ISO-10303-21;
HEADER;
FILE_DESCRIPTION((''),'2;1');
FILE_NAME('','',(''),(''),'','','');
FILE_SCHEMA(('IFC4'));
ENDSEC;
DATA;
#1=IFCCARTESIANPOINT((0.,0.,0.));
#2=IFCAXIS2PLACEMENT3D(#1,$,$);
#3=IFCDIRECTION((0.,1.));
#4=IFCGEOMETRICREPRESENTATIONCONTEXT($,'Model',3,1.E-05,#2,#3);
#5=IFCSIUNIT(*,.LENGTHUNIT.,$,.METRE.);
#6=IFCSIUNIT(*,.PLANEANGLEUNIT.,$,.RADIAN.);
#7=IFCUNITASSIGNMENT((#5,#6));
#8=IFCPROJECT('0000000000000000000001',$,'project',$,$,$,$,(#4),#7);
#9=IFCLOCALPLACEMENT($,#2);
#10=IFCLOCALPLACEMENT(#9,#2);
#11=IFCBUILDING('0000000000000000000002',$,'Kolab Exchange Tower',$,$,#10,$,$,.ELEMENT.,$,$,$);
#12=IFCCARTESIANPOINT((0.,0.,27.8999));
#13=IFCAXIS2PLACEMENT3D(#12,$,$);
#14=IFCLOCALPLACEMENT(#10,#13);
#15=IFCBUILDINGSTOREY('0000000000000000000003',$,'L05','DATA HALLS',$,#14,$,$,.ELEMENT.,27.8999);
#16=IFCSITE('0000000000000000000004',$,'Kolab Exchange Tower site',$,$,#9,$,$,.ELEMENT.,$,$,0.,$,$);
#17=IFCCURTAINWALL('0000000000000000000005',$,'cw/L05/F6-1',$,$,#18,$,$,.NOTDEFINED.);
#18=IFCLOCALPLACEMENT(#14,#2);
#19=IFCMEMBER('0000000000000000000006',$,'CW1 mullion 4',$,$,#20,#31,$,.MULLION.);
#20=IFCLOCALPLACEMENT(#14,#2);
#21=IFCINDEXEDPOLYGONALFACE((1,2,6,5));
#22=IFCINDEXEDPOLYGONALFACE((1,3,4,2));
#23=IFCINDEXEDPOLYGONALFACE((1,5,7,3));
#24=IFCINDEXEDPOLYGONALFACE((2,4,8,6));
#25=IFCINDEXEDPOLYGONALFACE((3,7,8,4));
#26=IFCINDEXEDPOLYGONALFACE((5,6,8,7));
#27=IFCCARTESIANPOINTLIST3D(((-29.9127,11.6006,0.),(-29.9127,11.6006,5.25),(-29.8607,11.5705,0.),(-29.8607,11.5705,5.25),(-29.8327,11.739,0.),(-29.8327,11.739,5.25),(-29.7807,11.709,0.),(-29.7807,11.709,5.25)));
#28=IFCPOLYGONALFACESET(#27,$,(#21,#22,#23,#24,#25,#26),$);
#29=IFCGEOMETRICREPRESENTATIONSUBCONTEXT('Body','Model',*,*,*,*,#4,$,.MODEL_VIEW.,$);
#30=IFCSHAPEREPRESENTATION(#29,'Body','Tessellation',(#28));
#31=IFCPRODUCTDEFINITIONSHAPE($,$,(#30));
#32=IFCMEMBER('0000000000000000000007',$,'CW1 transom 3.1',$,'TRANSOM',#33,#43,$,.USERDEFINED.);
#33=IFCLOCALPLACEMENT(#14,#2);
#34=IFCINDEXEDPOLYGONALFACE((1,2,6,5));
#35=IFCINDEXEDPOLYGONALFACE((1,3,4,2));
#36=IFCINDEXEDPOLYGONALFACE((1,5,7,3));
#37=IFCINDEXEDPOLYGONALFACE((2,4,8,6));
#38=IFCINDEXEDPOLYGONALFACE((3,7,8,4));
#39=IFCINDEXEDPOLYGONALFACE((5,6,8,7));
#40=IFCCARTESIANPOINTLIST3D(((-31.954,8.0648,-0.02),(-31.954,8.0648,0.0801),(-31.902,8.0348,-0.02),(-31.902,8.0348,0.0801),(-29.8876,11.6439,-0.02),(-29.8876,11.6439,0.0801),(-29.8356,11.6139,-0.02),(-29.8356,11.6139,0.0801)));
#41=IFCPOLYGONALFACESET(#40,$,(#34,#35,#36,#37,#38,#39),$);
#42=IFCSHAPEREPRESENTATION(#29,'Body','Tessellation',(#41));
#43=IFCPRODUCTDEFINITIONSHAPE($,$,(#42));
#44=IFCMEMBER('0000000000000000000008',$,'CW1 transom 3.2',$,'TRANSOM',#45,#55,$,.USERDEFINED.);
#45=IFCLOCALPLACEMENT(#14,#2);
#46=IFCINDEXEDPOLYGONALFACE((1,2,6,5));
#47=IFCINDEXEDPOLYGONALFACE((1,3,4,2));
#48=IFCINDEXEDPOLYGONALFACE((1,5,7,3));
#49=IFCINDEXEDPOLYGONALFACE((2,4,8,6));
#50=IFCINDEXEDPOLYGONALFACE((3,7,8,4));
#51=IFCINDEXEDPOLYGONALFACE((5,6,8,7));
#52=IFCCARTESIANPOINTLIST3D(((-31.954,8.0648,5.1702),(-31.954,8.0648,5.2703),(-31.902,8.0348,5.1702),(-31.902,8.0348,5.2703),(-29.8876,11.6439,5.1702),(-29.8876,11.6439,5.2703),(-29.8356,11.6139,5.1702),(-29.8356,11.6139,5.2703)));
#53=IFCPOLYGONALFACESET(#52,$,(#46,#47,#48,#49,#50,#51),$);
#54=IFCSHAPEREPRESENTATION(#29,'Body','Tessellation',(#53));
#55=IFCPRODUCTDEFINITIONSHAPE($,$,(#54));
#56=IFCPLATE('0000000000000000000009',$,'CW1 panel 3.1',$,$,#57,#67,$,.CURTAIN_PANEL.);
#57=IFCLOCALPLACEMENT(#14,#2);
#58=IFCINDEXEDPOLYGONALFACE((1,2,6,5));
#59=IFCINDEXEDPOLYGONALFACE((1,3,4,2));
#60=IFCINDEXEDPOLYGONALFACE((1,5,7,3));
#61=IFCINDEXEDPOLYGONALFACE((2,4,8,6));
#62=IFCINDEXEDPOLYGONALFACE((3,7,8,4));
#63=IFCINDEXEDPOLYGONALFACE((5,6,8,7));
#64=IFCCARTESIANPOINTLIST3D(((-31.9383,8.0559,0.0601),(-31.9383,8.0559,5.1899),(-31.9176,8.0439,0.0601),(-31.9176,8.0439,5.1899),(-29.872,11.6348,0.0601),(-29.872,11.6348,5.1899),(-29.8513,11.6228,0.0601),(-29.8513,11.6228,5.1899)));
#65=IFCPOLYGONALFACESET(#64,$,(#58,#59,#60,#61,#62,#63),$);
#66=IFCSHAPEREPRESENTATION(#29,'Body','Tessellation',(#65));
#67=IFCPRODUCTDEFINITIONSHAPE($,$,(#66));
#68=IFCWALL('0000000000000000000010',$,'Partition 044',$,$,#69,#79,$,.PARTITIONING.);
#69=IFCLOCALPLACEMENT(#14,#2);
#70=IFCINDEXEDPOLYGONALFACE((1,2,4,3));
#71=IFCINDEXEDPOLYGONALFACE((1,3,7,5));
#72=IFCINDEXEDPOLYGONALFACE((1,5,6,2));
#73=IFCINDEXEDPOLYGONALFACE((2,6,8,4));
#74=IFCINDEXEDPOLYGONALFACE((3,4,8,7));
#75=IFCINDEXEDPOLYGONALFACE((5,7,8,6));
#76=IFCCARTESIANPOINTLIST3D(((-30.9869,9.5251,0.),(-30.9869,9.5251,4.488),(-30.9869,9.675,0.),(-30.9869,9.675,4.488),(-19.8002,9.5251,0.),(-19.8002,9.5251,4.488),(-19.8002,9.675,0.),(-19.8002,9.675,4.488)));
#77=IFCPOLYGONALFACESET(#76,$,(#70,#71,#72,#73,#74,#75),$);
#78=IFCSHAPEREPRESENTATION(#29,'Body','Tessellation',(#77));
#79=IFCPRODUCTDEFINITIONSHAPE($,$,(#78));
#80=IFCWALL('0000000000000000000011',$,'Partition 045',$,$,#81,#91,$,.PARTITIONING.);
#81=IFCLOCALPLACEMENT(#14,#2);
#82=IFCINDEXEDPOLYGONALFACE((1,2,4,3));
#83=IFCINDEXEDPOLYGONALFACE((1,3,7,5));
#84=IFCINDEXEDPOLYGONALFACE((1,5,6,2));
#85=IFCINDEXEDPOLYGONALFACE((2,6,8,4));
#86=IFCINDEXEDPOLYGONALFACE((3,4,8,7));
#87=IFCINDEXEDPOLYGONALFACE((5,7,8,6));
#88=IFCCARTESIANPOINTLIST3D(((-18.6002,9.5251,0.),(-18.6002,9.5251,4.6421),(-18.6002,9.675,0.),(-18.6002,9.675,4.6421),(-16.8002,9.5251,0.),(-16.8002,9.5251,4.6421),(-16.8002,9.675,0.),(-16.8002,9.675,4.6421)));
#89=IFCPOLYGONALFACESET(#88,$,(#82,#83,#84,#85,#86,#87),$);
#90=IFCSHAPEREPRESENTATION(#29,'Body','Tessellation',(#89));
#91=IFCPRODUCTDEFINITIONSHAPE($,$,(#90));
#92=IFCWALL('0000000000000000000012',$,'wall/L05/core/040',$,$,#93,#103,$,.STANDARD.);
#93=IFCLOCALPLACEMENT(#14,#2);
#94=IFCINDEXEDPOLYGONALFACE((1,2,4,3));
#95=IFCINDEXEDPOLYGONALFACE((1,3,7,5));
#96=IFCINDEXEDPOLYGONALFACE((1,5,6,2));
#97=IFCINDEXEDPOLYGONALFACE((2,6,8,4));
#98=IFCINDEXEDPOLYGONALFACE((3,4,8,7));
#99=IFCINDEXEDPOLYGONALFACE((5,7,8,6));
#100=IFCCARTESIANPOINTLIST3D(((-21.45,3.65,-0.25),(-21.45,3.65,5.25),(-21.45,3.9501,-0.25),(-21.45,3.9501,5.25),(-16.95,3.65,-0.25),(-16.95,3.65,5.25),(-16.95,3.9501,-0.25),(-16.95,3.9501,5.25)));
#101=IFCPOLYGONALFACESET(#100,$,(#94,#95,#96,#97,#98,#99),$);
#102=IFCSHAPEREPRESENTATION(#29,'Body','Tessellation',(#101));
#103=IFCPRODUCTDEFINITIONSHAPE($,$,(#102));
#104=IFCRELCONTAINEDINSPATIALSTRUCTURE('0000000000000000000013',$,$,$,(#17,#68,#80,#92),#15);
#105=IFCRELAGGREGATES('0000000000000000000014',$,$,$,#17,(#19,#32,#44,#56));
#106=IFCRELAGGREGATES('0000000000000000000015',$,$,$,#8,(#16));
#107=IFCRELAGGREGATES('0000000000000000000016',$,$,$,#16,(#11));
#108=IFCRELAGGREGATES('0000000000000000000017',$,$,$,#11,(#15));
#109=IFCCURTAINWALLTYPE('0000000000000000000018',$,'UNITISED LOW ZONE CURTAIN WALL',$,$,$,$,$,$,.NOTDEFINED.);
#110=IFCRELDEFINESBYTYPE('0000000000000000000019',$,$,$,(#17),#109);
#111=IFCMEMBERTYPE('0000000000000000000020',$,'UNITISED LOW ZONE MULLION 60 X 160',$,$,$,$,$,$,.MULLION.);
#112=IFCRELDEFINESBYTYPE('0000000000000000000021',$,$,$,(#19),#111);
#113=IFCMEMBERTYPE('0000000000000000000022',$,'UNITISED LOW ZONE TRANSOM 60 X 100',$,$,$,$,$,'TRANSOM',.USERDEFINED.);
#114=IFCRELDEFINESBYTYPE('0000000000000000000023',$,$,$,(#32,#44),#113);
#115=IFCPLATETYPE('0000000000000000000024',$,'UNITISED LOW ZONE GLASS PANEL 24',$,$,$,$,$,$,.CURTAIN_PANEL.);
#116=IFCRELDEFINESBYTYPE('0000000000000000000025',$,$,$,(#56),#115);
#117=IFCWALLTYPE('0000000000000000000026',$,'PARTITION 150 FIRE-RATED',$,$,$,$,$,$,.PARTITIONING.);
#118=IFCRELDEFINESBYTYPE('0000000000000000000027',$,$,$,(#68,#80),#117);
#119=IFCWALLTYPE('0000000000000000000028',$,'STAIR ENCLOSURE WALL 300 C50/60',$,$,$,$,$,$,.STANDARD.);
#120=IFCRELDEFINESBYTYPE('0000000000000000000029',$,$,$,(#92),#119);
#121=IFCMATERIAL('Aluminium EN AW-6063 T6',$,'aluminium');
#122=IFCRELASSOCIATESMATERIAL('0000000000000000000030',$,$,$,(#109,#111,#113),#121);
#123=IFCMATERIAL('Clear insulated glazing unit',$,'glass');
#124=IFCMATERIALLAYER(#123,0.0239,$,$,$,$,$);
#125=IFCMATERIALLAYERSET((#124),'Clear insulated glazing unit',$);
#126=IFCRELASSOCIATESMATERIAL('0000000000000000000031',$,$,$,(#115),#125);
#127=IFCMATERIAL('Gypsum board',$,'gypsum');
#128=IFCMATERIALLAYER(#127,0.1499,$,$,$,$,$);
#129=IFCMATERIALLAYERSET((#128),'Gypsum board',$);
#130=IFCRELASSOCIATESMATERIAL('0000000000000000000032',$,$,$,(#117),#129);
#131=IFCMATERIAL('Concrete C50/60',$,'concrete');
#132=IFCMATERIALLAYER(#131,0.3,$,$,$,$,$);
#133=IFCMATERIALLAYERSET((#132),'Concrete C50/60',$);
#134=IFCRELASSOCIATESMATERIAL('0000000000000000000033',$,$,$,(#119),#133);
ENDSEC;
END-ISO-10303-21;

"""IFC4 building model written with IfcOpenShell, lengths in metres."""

from ifc_helpers import new_model, si_unit, direction, frame, frame_2d, origin, origin_2d, place, context, subcontext, project, spatial, rectangle, extrude, material, layer, layer_set, material_profile, profile_set, type_object, element, aggregate, save


model = new_model("IFC4")

# Units and contexts
model_context = context("Model", 3, precision=1e-05, world=origin(), true_north=direction((0.0, 1.0)))
body_context = subcontext(model_context, "Body", "Model", "MODEL_VIEW")
ifc_project = project(units=[si_unit("LENGTHUNIT", "METRE"), si_unit("PLANEANGLEUNIT", "RADIAN")], contexts=[model_context])

# Site, building, storey
site_placement = place(None, origin())
site = spatial("IfcSite", under=ifc_project, at=site_placement, Name="Kolab Exchange Tower site", CompositionType="ELEMENT", RefElevation=0.0)
building_placement = place(site_placement, origin())
building = spatial("IfcBuilding", under=site, at=building_placement, Name="Kolab Exchange Tower", CompositionType="ELEMENT")
storey_placement = place(building_placement, frame((0.0, 0.0, 27.8999)))
storey = spatial("IfcBuildingStorey", under=building, at=storey_placement, Name="L05", Description="DATA HALLS", CompositionType="ELEMENT", Elevation=27.8999)

# Curtain wall, members, plate
ifc_material_1 = material(Name="Aluminium EN AW-6063 T6", Category="aluminium")
curtain_wall_type = type_object("IfcCurtainWallType", Name="UNITISED LOW ZONE CURTAIN WALL", PredefinedType="NOTDEFINED", material=ifc_material_1)
curtain_wall_placement = place(storey_placement, origin())
curtain_wall = element("IfcCurtainWall", 1, at=curtain_wall_placement, inside=storey, type_object=curtain_wall_type, Name="cw/L05/F6-1", PredefinedType="NOTDEFINED")
ifc_material_profile_1 = material_profile(ifc_material_1, rectangle(XDim=0.0601, YDim=0.1599, at=origin_2d()), Name="RECT 60X160")
ifc_profile_set_1 = profile_set([ifc_material_profile_1], Name="Aluminium EN AW-6063 T6")
member_type_1 = type_object("IfcMemberType", Name="UNITISED LOW ZONE MULLION 60 X 160", PredefinedType="MULLION", material=ifc_profile_set_1)
member_1_placement = place(storey_placement, frame((-29.8467, 11.6548, 0.0), z_axis=(0.0, 0.0, 1.0), x_axis=(-0.866025, 0.5, 0.0)))
member_1 = element("IfcMember", 2, at=member_1_placement, type_object=member_type_1, Name="CW1 mullion 4", PredefinedType="MULLION", context=body_context, shape_type="SweptSolid", body=[
    extrude(rectangle(XDim=0.0601, YDim=0.1599, at=origin_2d()), origin(), (0.0, 0.0, 1.0), 5.25),
])
ifc_material_profile_2 = material_profile(ifc_material_1, rectangle(XDim=0.0601, YDim=0.1001, at=origin_2d()), Name="RECT 60X100")
ifc_profile_set_2 = profile_set([ifc_material_profile_2], Name="Aluminium EN AW-6063 T6")
member_type_2 = type_object("IfcMemberType", Name="UNITISED LOW ZONE TRANSOM 60 X 100", ElementType="TRANSOM", PredefinedType="USERDEFINED", material=ifc_profile_set_2)
member_2_placement = place(storey_placement, frame((-31.928, 8.0498, 0.03), z_axis=(0.500002, 0.866024, 0.0), x_axis=(-0.866024, 0.500002, 0.0)))
member_2 = element("IfcMember", 3, at=member_2_placement, type_object=member_type_2, Name="CW1 transom 3.1", ObjectType="TRANSOM", PredefinedType="USERDEFINED", context=body_context, shape_type="SweptSolid", body=[
    extrude(rectangle(XDim=0.0601, YDim=0.1001, at=origin_2d()), origin(), (0.0, 0.0, 1.0), 4.1328),
])
member_3_placement = place(storey_placement, frame((-31.928, 8.0498, 5.2202), z_axis=(0.500002, 0.866024, 0.0), x_axis=(-0.866024, 0.500002, 0.0)))
member_3 = element("IfcMember", 4, at=member_3_placement, type_object=member_type_2, Name="CW1 transom 3.2", ObjectType="TRANSOM", PredefinedType="USERDEFINED", context=body_context, shape_type="SweptSolid", body=[
    extrude(rectangle(XDim=0.0601, YDim=0.1001, at=origin_2d()), origin(), (0.0, 0.0, 1.0), 4.1328),
])
ifc_material_2 = material(Name="Clear insulated glazing unit", Category="glass")
ifc_layer_1 = layer(ifc_material_2, 0.0239)
ifc_layer_set_1 = layer_set([ifc_layer_1], Name="Clear insulated glazing unit")
plate_type = type_object("IfcPlateType", Name="UNITISED LOW ZONE GLASS PANEL 24", PredefinedType="CURTAIN_PANEL", material=ifc_layer_set_1)
plate_placement = place(storey_placement, frame((-30.8948, 9.8394, 0.0601), z_axis=(0.0, 0.0, 1.0), x_axis=(0.5, 0.866025, 0.0)))
plate = element("IfcPlate", 5, at=plate_placement, type_object=plate_type, Name="CW1 panel 3.1", PredefinedType="CURTAIN_PANEL", context=body_context, shape_type="SweptSolid", body=[
    extrude(rectangle(XDim=4.1326, YDim=0.0239, at=origin_2d()), origin(), (0.0, 0.0, 1.0), 5.1299),
])
aggregate(curtain_wall, [member_1, member_2, member_3, plate])

# Walls
ifc_material_3 = material(Name="Gypsum board", Category="gypsum")
ifc_layer_2 = layer(ifc_material_3, 0.1499)
ifc_layer_set_2 = layer_set([ifc_layer_2], Name="Gypsum board")
wall_type_1 = type_object("IfcWallType", Name="PARTITION 150 FIRE-RATED", PredefinedType="PARTITIONING", material=ifc_layer_set_2)
wall_1_placement = place(storey_placement, frame((-30.9868, 9.6001, 0.0), z_axis=(0.0, 0.0, 1.0), x_axis=(1.0, 0.0, 0.0)))
element("IfcWall", 6, at=wall_1_placement, inside=storey, type_object=wall_type_1, Name="Partition 044", PredefinedType="PARTITIONING", context=body_context, shape_type="SweptSolid", body=[
    extrude(rectangle(XDim=11.1868, YDim=0.1499, at=frame_2d((5.5933, 0.0))), origin(), (0.0, 0.0, 1.0), 4.488),
])
wall_2_placement = place(storey_placement, frame((-18.6001, 9.6001, 0.0), z_axis=(0.0, 0.0, 1.0), x_axis=(1.0, 0.0, 0.0)))
element("IfcWall", 7, at=wall_2_placement, inside=storey, type_object=wall_type_1, Name="Partition 045", PredefinedType="PARTITIONING", context=body_context, shape_type="SweptSolid", body=[
    extrude(rectangle(XDim=1.8, YDim=0.1499, at=frame_2d((0.8999, 0.0))), origin(), (0.0, 0.0, 1.0), 4.6421),
])
ifc_material_4 = material(Name="Concrete C50/60", Category="concrete")
ifc_layer_3 = layer(ifc_material_4, 0.3)
ifc_layer_set_3 = layer_set([ifc_layer_3], Name="Concrete C50/60")
wall_type_2 = type_object("IfcWallType", Name="STAIR ENCLOSURE WALL 300 C50/60", PredefinedType="STANDARD", material=ifc_layer_set_3)
wall_3_placement = place(storey_placement, frame((-21.45, 3.8, -0.25), z_axis=(0.0, 0.0, 1.0), x_axis=(1.0, 0.0, 0.0)))
element("IfcWall", 8, at=wall_3_placement, inside=storey, type_object=wall_type_2, Name="wall/L05/core/040", PredefinedType="STANDARD", context=body_context, shape_type="SweptSolid", body=[
    extrude(rectangle(XDim=4.5, YDim=0.3, at=frame_2d((2.25, 0.0))), origin(), (0.0, 0.0, 1.0), 5.5),
])

save(model, "model.ifc")
